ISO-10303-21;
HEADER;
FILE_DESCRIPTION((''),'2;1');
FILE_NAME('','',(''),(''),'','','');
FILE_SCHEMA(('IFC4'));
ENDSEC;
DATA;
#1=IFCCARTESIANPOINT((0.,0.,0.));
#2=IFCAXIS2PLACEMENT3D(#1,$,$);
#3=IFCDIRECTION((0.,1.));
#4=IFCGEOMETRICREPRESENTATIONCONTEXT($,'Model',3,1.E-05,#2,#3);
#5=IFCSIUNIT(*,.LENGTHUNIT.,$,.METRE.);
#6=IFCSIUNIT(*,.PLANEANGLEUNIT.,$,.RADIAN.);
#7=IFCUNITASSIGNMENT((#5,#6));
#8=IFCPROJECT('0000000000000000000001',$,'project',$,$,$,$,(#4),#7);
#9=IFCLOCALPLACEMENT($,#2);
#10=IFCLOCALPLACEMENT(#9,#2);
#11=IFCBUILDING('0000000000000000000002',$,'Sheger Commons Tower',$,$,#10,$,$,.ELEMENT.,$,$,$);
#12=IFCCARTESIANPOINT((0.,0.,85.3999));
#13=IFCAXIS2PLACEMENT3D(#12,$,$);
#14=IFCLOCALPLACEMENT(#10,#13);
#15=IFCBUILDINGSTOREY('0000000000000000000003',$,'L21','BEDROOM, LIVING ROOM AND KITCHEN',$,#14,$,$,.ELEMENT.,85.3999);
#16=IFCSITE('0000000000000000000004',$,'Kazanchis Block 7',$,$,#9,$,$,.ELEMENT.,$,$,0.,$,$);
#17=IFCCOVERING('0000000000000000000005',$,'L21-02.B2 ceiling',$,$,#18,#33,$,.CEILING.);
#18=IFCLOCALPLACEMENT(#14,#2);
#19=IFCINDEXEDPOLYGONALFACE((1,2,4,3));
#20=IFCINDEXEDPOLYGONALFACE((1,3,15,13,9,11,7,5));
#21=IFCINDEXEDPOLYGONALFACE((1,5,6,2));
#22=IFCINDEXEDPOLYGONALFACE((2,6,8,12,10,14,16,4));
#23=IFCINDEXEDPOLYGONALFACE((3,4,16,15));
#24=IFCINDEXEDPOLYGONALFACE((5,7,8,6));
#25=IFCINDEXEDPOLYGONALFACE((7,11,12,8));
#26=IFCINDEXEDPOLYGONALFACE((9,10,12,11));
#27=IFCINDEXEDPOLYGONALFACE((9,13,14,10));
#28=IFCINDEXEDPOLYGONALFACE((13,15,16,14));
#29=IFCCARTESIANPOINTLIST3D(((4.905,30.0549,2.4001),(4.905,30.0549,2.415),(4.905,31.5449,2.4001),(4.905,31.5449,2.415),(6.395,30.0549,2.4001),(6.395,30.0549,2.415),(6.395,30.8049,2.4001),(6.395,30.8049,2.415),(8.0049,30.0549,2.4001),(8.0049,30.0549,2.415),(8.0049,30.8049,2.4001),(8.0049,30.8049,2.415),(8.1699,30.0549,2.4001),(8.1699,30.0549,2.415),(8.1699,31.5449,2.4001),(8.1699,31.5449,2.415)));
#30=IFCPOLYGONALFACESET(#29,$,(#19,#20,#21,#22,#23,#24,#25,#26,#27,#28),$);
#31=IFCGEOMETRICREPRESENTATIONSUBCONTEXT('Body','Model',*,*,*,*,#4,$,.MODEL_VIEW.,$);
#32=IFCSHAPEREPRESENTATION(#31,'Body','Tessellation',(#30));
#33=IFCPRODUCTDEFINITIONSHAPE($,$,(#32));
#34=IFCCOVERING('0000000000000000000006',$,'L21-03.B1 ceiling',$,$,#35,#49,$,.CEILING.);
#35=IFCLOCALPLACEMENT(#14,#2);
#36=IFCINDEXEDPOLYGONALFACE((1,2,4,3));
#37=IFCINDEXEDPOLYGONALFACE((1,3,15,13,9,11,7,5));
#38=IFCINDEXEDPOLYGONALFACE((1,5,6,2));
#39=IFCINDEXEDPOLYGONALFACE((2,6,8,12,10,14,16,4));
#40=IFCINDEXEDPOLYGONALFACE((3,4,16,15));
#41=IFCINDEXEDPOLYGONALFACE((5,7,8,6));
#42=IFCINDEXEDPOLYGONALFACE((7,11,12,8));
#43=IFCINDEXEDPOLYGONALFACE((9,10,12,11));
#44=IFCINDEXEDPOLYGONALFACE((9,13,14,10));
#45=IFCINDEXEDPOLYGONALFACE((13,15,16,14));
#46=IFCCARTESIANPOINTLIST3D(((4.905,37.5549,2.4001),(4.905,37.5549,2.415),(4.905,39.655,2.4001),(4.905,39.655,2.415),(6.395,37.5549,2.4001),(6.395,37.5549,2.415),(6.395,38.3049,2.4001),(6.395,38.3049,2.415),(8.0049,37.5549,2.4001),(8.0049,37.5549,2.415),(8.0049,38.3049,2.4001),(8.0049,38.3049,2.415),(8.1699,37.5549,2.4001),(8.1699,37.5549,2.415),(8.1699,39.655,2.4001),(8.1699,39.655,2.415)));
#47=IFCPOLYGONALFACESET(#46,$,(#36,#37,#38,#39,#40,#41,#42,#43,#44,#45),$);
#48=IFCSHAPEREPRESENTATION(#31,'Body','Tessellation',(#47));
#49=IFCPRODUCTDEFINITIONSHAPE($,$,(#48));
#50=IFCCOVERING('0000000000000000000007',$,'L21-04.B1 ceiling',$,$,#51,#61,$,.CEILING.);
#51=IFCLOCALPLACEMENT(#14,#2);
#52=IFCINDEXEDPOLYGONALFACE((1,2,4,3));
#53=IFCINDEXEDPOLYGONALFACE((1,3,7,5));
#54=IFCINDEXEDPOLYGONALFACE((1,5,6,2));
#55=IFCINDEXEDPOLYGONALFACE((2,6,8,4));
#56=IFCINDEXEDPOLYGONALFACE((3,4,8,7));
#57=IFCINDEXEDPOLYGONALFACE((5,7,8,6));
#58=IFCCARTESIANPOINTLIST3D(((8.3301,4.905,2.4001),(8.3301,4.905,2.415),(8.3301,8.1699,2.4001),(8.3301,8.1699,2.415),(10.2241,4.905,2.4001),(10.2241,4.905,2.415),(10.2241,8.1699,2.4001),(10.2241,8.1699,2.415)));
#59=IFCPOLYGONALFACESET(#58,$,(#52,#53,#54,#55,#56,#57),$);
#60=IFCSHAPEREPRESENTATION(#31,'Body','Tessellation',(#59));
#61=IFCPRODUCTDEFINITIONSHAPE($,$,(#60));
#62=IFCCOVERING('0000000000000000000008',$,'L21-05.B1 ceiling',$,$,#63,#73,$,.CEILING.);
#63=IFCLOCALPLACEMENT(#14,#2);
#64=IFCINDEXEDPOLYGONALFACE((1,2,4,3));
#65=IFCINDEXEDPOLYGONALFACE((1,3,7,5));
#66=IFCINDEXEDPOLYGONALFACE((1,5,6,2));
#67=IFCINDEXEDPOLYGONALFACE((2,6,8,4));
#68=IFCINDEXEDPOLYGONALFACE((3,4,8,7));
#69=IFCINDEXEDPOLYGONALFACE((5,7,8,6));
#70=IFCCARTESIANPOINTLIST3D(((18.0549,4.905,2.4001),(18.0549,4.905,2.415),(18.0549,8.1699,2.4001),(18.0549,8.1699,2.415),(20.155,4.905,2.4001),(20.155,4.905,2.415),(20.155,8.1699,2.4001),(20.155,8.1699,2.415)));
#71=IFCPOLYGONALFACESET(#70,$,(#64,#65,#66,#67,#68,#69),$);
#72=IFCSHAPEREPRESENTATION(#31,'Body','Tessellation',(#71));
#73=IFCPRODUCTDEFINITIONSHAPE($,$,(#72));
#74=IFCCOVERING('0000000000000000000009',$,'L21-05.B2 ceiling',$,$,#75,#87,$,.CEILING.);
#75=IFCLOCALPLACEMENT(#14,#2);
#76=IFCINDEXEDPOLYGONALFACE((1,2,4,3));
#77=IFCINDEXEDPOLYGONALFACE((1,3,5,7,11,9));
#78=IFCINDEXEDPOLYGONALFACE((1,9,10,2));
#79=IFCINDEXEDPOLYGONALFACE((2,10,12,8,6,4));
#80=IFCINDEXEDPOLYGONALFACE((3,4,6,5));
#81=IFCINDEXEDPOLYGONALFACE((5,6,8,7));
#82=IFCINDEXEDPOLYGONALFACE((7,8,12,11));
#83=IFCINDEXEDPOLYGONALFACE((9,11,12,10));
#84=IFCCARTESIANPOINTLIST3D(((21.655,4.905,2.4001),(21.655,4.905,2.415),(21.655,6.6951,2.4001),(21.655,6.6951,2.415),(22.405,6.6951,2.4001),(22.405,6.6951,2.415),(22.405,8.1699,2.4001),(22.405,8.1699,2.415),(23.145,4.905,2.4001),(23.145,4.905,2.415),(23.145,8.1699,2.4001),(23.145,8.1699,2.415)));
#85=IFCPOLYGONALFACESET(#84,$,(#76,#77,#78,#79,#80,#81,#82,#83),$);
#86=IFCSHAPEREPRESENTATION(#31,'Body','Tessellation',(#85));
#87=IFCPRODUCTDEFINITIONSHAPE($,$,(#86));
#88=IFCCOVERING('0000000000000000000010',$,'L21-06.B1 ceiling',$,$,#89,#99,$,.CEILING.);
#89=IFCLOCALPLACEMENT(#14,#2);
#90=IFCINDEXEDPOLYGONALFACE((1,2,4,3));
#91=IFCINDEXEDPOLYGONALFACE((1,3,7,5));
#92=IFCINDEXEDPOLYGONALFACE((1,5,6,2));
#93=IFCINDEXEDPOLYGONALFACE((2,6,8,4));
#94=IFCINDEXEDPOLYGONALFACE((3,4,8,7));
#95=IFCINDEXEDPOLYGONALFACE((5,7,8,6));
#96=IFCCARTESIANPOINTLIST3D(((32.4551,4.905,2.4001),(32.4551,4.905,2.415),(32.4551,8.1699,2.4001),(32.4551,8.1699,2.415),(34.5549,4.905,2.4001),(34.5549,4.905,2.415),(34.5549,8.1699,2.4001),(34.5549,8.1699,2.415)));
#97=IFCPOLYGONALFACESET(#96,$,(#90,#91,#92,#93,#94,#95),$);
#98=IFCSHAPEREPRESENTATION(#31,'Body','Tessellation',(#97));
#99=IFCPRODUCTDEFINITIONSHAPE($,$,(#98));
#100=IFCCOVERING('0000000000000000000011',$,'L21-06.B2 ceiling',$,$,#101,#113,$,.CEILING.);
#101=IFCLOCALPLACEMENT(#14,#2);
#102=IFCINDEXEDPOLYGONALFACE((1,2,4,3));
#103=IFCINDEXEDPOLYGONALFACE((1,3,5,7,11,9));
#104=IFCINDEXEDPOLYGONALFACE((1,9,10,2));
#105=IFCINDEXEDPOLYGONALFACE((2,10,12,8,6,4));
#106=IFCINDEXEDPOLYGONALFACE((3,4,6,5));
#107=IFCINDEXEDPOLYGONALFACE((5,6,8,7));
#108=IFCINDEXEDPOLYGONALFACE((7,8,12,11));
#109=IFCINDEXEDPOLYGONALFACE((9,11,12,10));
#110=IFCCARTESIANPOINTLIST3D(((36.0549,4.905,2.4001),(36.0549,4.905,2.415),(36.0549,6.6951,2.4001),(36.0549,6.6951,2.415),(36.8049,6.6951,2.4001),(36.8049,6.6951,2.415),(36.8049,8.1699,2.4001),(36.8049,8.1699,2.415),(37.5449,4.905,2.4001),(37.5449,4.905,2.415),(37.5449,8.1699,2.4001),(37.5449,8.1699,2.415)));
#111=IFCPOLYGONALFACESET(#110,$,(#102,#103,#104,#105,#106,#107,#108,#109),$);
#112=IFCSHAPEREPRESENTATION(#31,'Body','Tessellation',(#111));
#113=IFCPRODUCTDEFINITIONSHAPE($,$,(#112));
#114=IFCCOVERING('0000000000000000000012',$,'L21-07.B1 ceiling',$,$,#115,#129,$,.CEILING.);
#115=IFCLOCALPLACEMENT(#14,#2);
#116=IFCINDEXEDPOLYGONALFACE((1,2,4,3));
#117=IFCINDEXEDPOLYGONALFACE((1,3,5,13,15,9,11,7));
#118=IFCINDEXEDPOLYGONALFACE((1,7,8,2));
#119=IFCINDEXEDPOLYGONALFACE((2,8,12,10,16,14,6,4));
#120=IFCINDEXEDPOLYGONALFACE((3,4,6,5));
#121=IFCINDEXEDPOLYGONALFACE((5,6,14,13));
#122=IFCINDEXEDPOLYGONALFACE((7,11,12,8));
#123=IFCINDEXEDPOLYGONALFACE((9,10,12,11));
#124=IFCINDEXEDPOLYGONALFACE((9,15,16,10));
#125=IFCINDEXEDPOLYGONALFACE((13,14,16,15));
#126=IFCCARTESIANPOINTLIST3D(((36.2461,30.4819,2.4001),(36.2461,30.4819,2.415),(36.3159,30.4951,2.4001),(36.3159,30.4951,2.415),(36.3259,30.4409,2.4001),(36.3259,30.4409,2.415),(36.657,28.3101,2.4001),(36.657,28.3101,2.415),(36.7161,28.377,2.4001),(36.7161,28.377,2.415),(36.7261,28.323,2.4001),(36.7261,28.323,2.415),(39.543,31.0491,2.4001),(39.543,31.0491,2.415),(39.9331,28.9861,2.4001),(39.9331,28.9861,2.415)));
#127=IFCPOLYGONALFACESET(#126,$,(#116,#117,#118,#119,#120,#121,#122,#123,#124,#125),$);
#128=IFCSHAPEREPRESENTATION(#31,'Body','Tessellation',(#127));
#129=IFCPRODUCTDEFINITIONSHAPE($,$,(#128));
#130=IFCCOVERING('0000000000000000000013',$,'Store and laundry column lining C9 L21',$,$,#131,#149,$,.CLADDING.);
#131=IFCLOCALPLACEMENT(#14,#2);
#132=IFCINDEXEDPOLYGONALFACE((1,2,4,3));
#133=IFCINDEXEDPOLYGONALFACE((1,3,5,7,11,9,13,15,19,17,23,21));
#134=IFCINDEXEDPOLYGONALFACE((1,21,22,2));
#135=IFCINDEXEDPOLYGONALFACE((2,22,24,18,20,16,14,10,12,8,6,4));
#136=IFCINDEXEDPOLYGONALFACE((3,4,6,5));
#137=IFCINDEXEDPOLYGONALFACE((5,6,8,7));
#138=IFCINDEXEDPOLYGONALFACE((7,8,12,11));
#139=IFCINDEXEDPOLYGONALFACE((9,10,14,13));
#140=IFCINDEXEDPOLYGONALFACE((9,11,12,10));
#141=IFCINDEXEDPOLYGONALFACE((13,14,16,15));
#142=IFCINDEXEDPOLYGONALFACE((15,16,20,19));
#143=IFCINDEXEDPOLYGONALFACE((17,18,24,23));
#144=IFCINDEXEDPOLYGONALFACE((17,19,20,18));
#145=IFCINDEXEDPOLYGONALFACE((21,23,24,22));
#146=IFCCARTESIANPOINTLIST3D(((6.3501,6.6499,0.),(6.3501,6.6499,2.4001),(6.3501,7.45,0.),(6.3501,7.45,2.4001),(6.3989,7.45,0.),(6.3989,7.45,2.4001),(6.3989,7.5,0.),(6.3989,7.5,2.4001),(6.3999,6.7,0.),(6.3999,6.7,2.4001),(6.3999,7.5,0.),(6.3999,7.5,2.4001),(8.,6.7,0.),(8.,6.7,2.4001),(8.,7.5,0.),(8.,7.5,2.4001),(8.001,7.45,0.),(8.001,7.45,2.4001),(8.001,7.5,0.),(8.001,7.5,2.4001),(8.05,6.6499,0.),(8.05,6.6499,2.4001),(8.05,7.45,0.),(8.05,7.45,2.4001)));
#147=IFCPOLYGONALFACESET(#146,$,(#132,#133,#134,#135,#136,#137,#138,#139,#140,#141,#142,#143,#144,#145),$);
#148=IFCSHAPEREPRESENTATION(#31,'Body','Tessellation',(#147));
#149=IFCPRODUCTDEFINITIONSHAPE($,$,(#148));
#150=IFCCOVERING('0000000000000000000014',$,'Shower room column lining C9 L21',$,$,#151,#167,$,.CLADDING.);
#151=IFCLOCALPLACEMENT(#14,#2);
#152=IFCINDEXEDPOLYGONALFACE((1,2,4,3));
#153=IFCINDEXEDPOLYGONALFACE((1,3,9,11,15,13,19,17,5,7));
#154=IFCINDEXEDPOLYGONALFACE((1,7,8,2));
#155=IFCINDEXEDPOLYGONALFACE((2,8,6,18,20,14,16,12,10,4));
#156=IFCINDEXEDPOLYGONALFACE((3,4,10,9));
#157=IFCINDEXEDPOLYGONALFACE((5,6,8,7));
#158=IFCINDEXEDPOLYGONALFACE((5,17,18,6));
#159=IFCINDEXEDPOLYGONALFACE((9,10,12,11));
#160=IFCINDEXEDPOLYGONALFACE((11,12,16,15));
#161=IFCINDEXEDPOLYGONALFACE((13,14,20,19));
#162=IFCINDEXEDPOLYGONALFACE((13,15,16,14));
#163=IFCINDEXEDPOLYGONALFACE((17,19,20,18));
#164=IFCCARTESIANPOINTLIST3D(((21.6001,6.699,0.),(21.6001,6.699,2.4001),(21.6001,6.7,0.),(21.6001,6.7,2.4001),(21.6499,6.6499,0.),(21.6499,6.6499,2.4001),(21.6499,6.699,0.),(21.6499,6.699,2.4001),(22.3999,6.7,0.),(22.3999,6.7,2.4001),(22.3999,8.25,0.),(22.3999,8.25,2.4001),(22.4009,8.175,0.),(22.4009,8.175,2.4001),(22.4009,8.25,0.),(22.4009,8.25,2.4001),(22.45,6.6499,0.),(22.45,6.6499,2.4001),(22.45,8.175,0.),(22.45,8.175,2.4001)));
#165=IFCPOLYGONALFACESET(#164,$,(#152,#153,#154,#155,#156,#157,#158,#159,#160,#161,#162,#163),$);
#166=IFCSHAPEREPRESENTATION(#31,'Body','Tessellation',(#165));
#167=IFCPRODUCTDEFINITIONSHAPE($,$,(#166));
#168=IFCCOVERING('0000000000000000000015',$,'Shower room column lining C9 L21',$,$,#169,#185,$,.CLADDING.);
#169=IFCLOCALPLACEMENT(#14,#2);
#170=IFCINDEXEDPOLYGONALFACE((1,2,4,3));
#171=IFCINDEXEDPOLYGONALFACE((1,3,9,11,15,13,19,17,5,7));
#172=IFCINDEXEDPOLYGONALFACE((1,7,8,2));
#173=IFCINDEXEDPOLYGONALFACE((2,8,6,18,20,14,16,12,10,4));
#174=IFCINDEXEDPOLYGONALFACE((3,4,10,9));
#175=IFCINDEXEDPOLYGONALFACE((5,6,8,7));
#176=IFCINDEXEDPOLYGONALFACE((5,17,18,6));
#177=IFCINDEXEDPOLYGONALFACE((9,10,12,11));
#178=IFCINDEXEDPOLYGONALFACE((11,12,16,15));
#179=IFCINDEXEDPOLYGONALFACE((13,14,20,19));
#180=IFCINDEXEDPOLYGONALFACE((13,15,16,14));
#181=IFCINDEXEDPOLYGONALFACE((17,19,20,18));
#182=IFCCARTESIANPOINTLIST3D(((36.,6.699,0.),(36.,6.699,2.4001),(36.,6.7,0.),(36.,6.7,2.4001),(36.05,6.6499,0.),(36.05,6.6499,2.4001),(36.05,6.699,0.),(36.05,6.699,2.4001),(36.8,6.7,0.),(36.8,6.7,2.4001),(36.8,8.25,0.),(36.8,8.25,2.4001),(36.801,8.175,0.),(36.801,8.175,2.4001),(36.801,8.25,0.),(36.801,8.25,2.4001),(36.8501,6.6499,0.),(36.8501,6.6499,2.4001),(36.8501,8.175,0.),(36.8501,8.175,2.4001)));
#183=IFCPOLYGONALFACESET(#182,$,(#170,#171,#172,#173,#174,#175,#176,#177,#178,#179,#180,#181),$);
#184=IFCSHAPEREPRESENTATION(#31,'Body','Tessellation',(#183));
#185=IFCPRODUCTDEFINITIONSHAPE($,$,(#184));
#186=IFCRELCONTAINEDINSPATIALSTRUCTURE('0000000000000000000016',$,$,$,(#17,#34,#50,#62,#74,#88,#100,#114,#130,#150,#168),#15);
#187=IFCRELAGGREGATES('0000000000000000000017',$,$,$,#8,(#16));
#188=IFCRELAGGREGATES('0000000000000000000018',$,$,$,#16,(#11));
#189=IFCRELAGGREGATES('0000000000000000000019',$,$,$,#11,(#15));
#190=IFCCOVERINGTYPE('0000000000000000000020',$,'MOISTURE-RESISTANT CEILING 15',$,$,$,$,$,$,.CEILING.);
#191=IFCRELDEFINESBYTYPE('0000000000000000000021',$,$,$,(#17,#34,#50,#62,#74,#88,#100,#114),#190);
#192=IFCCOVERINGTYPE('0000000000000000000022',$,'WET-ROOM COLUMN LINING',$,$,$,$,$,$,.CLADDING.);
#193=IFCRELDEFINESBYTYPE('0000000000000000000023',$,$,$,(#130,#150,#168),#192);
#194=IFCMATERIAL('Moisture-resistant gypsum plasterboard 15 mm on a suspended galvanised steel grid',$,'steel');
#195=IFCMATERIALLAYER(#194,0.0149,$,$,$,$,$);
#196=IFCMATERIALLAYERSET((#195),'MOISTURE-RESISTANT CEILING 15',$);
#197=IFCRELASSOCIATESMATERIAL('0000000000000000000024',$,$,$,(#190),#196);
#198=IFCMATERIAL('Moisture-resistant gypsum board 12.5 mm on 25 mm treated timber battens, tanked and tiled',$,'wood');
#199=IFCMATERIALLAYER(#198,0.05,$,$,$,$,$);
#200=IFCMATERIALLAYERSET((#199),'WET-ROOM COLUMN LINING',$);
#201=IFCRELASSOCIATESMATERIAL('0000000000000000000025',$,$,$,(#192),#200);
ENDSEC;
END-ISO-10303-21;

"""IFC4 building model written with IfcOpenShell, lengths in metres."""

from ifc_helpers import new_model, si_unit, direction, frame, origin, place, context, subcontext, project, spatial, polyline, outline, extrude, material, layer, layer_set, type_object, element, save


model = new_model("IFC4")

# Units and contexts
model_context = context("Model", 3, precision=1e-05, world=origin(), true_north=direction((0.0, 1.0)))
body_context = subcontext(model_context, "Body", "Model", "MODEL_VIEW")
ifc_project = project(units=[si_unit("LENGTHUNIT", "METRE"), si_unit("PLANEANGLEUNIT", "RADIAN")], contexts=[model_context])

# Site, building, storey
site_placement = place(None, origin())
site = spatial("IfcSite", under=ifc_project, at=site_placement, Name="Kazanchis Block 7", CompositionType="ELEMENT", RefElevation=0.0)
building_placement = place(site_placement, origin())
building = spatial("IfcBuilding", under=site, at=building_placement, Name="Sheger Commons Tower", CompositionType="ELEMENT")
storey_placement = place(building_placement, frame((0.0, 0.0, 85.3999)))
storey = spatial("IfcBuildingStorey", under=building, at=storey_placement, Name="L21", Description="BEDROOM, LIVING ROOM AND KITCHEN", CompositionType="ELEMENT", Elevation=85.3999)

# Coverings
ifc_material_1 = material(Name="Moisture-resistant gypsum plasterboard 15 mm on a suspended galvanised steel grid", Category="steel")
ifc_layer_1 = layer(ifc_material_1, 0.0149)
ifc_layer_set_1 = layer_set([ifc_layer_1], Name="MOISTURE-RESISTANT CEILING 15")
covering_type_1 = type_object("IfcCoveringType", Name="MOISTURE-RESISTANT CEILING 15", PredefinedType="CEILING", material=ifc_layer_set_1)
covering_1_placement = place(storey_placement, frame((0.0, 0.0, 2.4001)))
element("IfcCovering", 1, at=covering_1_placement, inside=storey, type_object=covering_type_1, Name="L21-02.B2 ceiling", PredefinedType="CEILING", context=body_context, shape_type="SweptSolid", body=[
    extrude(outline(polyline([(4.905, 30.0549), (6.395, 30.0549), (6.395, 30.8049), (8.0049, 30.8049), (8.0049, 30.0549), (8.1699, 30.0549), (8.1699, 31.5449), (4.905, 31.5449), (4.905, 30.0549)])), origin(), (0.0, 0.0, 1.0), 0.0149),
])
covering_2_placement = place(storey_placement, frame((0.0, 0.0, 2.4001)))
element("IfcCovering", 2, at=covering_2_placement, inside=storey, type_object=covering_type_1, Name="L21-03.B1 ceiling", PredefinedType="CEILING", context=body_context, shape_type="SweptSolid", body=[
    extrude(outline(polyline([(4.905, 37.5549), (6.395, 37.5549), (6.395, 38.3049), (8.0049, 38.3049), (8.0049, 37.5549), (8.1699, 37.5549), (8.1699, 39.655), (4.905, 39.655), (4.905, 37.5549)])), origin(), (0.0, 0.0, 1.0), 0.0149),
])
covering_3_placement = place(storey_placement, frame((0.0, 0.0, 2.4001)))
element("IfcCovering", 3, at=covering_3_placement, inside=storey, type_object=covering_type_1, Name="L21-04.B1 ceiling", PredefinedType="CEILING", context=body_context, shape_type="SweptSolid", body=[
    extrude(outline(polyline([(8.3301, 4.905), (10.2241, 4.905), (10.2241, 8.1699), (8.3301, 8.1699), (8.3301, 4.905)])), origin(), (0.0, 0.0, 1.0), 0.0149),
])
covering_4_placement = place(storey_placement, frame((0.0, 0.0, 2.4001)))
element("IfcCovering", 4, at=covering_4_placement, inside=storey, type_object=covering_type_1, Name="L21-05.B1 ceiling", PredefinedType="CEILING", context=body_context, shape_type="SweptSolid", body=[
    extrude(outline(polyline([(18.0549, 4.905), (20.155, 4.905), (20.155, 8.1699), (18.0549, 8.1699), (18.0549, 4.905)])), origin(), (0.0, 0.0, 1.0), 0.0149),
])
covering_5_placement = place(storey_placement, frame((0.0, 0.0, 2.4001)))
element("IfcCovering", 5, at=covering_5_placement, inside=storey, type_object=covering_type_1, Name="L21-05.B2 ceiling", PredefinedType="CEILING", context=body_context, shape_type="SweptSolid", body=[
    extrude(outline(polyline([(21.655, 4.905), (23.145, 4.905), (23.145, 8.1699), (22.405, 8.1699), (22.405, 6.6951), (21.655, 6.6951), (21.655, 4.905)])), origin(), (0.0, 0.0, 1.0), 0.0149),
])
covering_6_placement = place(storey_placement, frame((0.0, 0.0, 2.4001)))
element("IfcCovering", 6, at=covering_6_placement, inside=storey, type_object=covering_type_1, Name="L21-06.B1 ceiling", PredefinedType="CEILING", context=body_context, shape_type="SweptSolid", body=[
    extrude(outline(polyline([(32.4551, 4.905), (34.5549, 4.905), (34.5549, 8.1699), (32.4551, 8.1699), (32.4551, 4.905)])), origin(), (0.0, 0.0, 1.0), 0.0149),
])
covering_7_placement = place(storey_placement, frame((0.0, 0.0, 2.4001)))
element("IfcCovering", 7, at=covering_7_placement, inside=storey, type_object=covering_type_1, Name="L21-06.B2 ceiling", PredefinedType="CEILING", context=body_context, shape_type="SweptSolid", body=[
    extrude(outline(polyline([(36.0549, 4.905), (37.5449, 4.905), (37.5449, 8.1699), (36.8049, 8.1699), (36.8049, 6.6951), (36.0549, 6.6951), (36.0549, 4.905)])), origin(), (0.0, 0.0, 1.0), 0.0149),
])
covering_8_placement = place(storey_placement, frame((0.0, 0.0, 2.4001)))
element("IfcCovering", 8, at=covering_8_placement, inside=storey, type_object=covering_type_1, Name="L21-07.B1 ceiling", PredefinedType="CEILING", context=body_context, shape_type="SweptSolid", body=[
    extrude(outline(polyline([(36.657, 28.3101), (36.7261, 28.323), (36.7161, 28.377), (39.9331, 28.9861), (39.543, 31.0491), (36.3259, 30.4409), (36.3159, 30.4951), (36.2461, 30.4819), (36.657, 28.3101)])), origin(), (0.0, 0.0, 1.0), 0.0149),
])
ifc_material_2 = material(Name="Moisture-resistant gypsum board 12.5 mm on 25 mm treated timber battens, tanked and tiled", Category="wood")
ifc_layer_2 = layer(ifc_material_2, 0.05)
ifc_layer_set_2 = layer_set([ifc_layer_2], Name="WET-ROOM COLUMN LINING")
covering_type_2 = type_object("IfcCoveringType", Name="WET-ROOM COLUMN LINING", PredefinedType="CLADDING", material=ifc_layer_set_2)
covering_9_placement = place(storey_placement, origin())
element("IfcCovering", 9, at=covering_9_placement, inside=storey, type_object=covering_type_2, Name="Store and laundry column lining C9 L21", PredefinedType="CLADDING", context=body_context, shape_type="SweptSolid", body=[
    extrude(outline(polyline([(6.3999, 7.5), (6.3999, 6.7), (8.0, 6.7), (8.0, 7.5), (8.001, 7.5), (8.001, 7.45), (8.05, 7.45), (8.05, 6.6499), (6.3501, 6.6499), (6.3501, 7.45), (6.3989, 7.45), (6.3989, 7.5), (6.3999, 7.5)])), origin(), (0.0, 0.0, 1.0), 2.4001),
])
covering_10_placement = place(storey_placement, origin())
element("IfcCovering", 10, at=covering_10_placement, inside=storey, type_object=covering_type_2, Name="Shower room column lining C9 L21", PredefinedType="CLADDING", context=body_context, shape_type="SweptSolid", body=[
    extrude(outline(polyline([(21.6499, 6.6499), (21.6499, 6.699), (21.6001, 6.699), (21.6001, 6.7), (22.3999, 6.7), (22.3999, 8.25), (22.4009, 8.25), (22.4009, 8.175), (22.45, 8.175), (22.45, 6.6499), (21.6499, 6.6499)])), origin(), (0.0, 0.0, 1.0), 2.4001),
])
covering_11_placement = place(storey_placement, origin())
element("IfcCovering", 11, at=covering_11_placement, inside=storey, type_object=covering_type_2, Name="Shower room column lining C9 L21", PredefinedType="CLADDING", context=body_context, shape_type="SweptSolid", body=[
    extrude(outline(polyline([(36.05, 6.6499), (36.05, 6.699), (36.0, 6.699), (36.0, 6.7), (36.8, 6.7), (36.8, 8.25), (36.801, 8.25), (36.801, 8.175), (36.8501, 8.175), (36.8501, 6.6499), (36.05, 6.6499)])), origin(), (0.0, 0.0, 1.0), 2.4001),
])

save(model, "model.ifc")
